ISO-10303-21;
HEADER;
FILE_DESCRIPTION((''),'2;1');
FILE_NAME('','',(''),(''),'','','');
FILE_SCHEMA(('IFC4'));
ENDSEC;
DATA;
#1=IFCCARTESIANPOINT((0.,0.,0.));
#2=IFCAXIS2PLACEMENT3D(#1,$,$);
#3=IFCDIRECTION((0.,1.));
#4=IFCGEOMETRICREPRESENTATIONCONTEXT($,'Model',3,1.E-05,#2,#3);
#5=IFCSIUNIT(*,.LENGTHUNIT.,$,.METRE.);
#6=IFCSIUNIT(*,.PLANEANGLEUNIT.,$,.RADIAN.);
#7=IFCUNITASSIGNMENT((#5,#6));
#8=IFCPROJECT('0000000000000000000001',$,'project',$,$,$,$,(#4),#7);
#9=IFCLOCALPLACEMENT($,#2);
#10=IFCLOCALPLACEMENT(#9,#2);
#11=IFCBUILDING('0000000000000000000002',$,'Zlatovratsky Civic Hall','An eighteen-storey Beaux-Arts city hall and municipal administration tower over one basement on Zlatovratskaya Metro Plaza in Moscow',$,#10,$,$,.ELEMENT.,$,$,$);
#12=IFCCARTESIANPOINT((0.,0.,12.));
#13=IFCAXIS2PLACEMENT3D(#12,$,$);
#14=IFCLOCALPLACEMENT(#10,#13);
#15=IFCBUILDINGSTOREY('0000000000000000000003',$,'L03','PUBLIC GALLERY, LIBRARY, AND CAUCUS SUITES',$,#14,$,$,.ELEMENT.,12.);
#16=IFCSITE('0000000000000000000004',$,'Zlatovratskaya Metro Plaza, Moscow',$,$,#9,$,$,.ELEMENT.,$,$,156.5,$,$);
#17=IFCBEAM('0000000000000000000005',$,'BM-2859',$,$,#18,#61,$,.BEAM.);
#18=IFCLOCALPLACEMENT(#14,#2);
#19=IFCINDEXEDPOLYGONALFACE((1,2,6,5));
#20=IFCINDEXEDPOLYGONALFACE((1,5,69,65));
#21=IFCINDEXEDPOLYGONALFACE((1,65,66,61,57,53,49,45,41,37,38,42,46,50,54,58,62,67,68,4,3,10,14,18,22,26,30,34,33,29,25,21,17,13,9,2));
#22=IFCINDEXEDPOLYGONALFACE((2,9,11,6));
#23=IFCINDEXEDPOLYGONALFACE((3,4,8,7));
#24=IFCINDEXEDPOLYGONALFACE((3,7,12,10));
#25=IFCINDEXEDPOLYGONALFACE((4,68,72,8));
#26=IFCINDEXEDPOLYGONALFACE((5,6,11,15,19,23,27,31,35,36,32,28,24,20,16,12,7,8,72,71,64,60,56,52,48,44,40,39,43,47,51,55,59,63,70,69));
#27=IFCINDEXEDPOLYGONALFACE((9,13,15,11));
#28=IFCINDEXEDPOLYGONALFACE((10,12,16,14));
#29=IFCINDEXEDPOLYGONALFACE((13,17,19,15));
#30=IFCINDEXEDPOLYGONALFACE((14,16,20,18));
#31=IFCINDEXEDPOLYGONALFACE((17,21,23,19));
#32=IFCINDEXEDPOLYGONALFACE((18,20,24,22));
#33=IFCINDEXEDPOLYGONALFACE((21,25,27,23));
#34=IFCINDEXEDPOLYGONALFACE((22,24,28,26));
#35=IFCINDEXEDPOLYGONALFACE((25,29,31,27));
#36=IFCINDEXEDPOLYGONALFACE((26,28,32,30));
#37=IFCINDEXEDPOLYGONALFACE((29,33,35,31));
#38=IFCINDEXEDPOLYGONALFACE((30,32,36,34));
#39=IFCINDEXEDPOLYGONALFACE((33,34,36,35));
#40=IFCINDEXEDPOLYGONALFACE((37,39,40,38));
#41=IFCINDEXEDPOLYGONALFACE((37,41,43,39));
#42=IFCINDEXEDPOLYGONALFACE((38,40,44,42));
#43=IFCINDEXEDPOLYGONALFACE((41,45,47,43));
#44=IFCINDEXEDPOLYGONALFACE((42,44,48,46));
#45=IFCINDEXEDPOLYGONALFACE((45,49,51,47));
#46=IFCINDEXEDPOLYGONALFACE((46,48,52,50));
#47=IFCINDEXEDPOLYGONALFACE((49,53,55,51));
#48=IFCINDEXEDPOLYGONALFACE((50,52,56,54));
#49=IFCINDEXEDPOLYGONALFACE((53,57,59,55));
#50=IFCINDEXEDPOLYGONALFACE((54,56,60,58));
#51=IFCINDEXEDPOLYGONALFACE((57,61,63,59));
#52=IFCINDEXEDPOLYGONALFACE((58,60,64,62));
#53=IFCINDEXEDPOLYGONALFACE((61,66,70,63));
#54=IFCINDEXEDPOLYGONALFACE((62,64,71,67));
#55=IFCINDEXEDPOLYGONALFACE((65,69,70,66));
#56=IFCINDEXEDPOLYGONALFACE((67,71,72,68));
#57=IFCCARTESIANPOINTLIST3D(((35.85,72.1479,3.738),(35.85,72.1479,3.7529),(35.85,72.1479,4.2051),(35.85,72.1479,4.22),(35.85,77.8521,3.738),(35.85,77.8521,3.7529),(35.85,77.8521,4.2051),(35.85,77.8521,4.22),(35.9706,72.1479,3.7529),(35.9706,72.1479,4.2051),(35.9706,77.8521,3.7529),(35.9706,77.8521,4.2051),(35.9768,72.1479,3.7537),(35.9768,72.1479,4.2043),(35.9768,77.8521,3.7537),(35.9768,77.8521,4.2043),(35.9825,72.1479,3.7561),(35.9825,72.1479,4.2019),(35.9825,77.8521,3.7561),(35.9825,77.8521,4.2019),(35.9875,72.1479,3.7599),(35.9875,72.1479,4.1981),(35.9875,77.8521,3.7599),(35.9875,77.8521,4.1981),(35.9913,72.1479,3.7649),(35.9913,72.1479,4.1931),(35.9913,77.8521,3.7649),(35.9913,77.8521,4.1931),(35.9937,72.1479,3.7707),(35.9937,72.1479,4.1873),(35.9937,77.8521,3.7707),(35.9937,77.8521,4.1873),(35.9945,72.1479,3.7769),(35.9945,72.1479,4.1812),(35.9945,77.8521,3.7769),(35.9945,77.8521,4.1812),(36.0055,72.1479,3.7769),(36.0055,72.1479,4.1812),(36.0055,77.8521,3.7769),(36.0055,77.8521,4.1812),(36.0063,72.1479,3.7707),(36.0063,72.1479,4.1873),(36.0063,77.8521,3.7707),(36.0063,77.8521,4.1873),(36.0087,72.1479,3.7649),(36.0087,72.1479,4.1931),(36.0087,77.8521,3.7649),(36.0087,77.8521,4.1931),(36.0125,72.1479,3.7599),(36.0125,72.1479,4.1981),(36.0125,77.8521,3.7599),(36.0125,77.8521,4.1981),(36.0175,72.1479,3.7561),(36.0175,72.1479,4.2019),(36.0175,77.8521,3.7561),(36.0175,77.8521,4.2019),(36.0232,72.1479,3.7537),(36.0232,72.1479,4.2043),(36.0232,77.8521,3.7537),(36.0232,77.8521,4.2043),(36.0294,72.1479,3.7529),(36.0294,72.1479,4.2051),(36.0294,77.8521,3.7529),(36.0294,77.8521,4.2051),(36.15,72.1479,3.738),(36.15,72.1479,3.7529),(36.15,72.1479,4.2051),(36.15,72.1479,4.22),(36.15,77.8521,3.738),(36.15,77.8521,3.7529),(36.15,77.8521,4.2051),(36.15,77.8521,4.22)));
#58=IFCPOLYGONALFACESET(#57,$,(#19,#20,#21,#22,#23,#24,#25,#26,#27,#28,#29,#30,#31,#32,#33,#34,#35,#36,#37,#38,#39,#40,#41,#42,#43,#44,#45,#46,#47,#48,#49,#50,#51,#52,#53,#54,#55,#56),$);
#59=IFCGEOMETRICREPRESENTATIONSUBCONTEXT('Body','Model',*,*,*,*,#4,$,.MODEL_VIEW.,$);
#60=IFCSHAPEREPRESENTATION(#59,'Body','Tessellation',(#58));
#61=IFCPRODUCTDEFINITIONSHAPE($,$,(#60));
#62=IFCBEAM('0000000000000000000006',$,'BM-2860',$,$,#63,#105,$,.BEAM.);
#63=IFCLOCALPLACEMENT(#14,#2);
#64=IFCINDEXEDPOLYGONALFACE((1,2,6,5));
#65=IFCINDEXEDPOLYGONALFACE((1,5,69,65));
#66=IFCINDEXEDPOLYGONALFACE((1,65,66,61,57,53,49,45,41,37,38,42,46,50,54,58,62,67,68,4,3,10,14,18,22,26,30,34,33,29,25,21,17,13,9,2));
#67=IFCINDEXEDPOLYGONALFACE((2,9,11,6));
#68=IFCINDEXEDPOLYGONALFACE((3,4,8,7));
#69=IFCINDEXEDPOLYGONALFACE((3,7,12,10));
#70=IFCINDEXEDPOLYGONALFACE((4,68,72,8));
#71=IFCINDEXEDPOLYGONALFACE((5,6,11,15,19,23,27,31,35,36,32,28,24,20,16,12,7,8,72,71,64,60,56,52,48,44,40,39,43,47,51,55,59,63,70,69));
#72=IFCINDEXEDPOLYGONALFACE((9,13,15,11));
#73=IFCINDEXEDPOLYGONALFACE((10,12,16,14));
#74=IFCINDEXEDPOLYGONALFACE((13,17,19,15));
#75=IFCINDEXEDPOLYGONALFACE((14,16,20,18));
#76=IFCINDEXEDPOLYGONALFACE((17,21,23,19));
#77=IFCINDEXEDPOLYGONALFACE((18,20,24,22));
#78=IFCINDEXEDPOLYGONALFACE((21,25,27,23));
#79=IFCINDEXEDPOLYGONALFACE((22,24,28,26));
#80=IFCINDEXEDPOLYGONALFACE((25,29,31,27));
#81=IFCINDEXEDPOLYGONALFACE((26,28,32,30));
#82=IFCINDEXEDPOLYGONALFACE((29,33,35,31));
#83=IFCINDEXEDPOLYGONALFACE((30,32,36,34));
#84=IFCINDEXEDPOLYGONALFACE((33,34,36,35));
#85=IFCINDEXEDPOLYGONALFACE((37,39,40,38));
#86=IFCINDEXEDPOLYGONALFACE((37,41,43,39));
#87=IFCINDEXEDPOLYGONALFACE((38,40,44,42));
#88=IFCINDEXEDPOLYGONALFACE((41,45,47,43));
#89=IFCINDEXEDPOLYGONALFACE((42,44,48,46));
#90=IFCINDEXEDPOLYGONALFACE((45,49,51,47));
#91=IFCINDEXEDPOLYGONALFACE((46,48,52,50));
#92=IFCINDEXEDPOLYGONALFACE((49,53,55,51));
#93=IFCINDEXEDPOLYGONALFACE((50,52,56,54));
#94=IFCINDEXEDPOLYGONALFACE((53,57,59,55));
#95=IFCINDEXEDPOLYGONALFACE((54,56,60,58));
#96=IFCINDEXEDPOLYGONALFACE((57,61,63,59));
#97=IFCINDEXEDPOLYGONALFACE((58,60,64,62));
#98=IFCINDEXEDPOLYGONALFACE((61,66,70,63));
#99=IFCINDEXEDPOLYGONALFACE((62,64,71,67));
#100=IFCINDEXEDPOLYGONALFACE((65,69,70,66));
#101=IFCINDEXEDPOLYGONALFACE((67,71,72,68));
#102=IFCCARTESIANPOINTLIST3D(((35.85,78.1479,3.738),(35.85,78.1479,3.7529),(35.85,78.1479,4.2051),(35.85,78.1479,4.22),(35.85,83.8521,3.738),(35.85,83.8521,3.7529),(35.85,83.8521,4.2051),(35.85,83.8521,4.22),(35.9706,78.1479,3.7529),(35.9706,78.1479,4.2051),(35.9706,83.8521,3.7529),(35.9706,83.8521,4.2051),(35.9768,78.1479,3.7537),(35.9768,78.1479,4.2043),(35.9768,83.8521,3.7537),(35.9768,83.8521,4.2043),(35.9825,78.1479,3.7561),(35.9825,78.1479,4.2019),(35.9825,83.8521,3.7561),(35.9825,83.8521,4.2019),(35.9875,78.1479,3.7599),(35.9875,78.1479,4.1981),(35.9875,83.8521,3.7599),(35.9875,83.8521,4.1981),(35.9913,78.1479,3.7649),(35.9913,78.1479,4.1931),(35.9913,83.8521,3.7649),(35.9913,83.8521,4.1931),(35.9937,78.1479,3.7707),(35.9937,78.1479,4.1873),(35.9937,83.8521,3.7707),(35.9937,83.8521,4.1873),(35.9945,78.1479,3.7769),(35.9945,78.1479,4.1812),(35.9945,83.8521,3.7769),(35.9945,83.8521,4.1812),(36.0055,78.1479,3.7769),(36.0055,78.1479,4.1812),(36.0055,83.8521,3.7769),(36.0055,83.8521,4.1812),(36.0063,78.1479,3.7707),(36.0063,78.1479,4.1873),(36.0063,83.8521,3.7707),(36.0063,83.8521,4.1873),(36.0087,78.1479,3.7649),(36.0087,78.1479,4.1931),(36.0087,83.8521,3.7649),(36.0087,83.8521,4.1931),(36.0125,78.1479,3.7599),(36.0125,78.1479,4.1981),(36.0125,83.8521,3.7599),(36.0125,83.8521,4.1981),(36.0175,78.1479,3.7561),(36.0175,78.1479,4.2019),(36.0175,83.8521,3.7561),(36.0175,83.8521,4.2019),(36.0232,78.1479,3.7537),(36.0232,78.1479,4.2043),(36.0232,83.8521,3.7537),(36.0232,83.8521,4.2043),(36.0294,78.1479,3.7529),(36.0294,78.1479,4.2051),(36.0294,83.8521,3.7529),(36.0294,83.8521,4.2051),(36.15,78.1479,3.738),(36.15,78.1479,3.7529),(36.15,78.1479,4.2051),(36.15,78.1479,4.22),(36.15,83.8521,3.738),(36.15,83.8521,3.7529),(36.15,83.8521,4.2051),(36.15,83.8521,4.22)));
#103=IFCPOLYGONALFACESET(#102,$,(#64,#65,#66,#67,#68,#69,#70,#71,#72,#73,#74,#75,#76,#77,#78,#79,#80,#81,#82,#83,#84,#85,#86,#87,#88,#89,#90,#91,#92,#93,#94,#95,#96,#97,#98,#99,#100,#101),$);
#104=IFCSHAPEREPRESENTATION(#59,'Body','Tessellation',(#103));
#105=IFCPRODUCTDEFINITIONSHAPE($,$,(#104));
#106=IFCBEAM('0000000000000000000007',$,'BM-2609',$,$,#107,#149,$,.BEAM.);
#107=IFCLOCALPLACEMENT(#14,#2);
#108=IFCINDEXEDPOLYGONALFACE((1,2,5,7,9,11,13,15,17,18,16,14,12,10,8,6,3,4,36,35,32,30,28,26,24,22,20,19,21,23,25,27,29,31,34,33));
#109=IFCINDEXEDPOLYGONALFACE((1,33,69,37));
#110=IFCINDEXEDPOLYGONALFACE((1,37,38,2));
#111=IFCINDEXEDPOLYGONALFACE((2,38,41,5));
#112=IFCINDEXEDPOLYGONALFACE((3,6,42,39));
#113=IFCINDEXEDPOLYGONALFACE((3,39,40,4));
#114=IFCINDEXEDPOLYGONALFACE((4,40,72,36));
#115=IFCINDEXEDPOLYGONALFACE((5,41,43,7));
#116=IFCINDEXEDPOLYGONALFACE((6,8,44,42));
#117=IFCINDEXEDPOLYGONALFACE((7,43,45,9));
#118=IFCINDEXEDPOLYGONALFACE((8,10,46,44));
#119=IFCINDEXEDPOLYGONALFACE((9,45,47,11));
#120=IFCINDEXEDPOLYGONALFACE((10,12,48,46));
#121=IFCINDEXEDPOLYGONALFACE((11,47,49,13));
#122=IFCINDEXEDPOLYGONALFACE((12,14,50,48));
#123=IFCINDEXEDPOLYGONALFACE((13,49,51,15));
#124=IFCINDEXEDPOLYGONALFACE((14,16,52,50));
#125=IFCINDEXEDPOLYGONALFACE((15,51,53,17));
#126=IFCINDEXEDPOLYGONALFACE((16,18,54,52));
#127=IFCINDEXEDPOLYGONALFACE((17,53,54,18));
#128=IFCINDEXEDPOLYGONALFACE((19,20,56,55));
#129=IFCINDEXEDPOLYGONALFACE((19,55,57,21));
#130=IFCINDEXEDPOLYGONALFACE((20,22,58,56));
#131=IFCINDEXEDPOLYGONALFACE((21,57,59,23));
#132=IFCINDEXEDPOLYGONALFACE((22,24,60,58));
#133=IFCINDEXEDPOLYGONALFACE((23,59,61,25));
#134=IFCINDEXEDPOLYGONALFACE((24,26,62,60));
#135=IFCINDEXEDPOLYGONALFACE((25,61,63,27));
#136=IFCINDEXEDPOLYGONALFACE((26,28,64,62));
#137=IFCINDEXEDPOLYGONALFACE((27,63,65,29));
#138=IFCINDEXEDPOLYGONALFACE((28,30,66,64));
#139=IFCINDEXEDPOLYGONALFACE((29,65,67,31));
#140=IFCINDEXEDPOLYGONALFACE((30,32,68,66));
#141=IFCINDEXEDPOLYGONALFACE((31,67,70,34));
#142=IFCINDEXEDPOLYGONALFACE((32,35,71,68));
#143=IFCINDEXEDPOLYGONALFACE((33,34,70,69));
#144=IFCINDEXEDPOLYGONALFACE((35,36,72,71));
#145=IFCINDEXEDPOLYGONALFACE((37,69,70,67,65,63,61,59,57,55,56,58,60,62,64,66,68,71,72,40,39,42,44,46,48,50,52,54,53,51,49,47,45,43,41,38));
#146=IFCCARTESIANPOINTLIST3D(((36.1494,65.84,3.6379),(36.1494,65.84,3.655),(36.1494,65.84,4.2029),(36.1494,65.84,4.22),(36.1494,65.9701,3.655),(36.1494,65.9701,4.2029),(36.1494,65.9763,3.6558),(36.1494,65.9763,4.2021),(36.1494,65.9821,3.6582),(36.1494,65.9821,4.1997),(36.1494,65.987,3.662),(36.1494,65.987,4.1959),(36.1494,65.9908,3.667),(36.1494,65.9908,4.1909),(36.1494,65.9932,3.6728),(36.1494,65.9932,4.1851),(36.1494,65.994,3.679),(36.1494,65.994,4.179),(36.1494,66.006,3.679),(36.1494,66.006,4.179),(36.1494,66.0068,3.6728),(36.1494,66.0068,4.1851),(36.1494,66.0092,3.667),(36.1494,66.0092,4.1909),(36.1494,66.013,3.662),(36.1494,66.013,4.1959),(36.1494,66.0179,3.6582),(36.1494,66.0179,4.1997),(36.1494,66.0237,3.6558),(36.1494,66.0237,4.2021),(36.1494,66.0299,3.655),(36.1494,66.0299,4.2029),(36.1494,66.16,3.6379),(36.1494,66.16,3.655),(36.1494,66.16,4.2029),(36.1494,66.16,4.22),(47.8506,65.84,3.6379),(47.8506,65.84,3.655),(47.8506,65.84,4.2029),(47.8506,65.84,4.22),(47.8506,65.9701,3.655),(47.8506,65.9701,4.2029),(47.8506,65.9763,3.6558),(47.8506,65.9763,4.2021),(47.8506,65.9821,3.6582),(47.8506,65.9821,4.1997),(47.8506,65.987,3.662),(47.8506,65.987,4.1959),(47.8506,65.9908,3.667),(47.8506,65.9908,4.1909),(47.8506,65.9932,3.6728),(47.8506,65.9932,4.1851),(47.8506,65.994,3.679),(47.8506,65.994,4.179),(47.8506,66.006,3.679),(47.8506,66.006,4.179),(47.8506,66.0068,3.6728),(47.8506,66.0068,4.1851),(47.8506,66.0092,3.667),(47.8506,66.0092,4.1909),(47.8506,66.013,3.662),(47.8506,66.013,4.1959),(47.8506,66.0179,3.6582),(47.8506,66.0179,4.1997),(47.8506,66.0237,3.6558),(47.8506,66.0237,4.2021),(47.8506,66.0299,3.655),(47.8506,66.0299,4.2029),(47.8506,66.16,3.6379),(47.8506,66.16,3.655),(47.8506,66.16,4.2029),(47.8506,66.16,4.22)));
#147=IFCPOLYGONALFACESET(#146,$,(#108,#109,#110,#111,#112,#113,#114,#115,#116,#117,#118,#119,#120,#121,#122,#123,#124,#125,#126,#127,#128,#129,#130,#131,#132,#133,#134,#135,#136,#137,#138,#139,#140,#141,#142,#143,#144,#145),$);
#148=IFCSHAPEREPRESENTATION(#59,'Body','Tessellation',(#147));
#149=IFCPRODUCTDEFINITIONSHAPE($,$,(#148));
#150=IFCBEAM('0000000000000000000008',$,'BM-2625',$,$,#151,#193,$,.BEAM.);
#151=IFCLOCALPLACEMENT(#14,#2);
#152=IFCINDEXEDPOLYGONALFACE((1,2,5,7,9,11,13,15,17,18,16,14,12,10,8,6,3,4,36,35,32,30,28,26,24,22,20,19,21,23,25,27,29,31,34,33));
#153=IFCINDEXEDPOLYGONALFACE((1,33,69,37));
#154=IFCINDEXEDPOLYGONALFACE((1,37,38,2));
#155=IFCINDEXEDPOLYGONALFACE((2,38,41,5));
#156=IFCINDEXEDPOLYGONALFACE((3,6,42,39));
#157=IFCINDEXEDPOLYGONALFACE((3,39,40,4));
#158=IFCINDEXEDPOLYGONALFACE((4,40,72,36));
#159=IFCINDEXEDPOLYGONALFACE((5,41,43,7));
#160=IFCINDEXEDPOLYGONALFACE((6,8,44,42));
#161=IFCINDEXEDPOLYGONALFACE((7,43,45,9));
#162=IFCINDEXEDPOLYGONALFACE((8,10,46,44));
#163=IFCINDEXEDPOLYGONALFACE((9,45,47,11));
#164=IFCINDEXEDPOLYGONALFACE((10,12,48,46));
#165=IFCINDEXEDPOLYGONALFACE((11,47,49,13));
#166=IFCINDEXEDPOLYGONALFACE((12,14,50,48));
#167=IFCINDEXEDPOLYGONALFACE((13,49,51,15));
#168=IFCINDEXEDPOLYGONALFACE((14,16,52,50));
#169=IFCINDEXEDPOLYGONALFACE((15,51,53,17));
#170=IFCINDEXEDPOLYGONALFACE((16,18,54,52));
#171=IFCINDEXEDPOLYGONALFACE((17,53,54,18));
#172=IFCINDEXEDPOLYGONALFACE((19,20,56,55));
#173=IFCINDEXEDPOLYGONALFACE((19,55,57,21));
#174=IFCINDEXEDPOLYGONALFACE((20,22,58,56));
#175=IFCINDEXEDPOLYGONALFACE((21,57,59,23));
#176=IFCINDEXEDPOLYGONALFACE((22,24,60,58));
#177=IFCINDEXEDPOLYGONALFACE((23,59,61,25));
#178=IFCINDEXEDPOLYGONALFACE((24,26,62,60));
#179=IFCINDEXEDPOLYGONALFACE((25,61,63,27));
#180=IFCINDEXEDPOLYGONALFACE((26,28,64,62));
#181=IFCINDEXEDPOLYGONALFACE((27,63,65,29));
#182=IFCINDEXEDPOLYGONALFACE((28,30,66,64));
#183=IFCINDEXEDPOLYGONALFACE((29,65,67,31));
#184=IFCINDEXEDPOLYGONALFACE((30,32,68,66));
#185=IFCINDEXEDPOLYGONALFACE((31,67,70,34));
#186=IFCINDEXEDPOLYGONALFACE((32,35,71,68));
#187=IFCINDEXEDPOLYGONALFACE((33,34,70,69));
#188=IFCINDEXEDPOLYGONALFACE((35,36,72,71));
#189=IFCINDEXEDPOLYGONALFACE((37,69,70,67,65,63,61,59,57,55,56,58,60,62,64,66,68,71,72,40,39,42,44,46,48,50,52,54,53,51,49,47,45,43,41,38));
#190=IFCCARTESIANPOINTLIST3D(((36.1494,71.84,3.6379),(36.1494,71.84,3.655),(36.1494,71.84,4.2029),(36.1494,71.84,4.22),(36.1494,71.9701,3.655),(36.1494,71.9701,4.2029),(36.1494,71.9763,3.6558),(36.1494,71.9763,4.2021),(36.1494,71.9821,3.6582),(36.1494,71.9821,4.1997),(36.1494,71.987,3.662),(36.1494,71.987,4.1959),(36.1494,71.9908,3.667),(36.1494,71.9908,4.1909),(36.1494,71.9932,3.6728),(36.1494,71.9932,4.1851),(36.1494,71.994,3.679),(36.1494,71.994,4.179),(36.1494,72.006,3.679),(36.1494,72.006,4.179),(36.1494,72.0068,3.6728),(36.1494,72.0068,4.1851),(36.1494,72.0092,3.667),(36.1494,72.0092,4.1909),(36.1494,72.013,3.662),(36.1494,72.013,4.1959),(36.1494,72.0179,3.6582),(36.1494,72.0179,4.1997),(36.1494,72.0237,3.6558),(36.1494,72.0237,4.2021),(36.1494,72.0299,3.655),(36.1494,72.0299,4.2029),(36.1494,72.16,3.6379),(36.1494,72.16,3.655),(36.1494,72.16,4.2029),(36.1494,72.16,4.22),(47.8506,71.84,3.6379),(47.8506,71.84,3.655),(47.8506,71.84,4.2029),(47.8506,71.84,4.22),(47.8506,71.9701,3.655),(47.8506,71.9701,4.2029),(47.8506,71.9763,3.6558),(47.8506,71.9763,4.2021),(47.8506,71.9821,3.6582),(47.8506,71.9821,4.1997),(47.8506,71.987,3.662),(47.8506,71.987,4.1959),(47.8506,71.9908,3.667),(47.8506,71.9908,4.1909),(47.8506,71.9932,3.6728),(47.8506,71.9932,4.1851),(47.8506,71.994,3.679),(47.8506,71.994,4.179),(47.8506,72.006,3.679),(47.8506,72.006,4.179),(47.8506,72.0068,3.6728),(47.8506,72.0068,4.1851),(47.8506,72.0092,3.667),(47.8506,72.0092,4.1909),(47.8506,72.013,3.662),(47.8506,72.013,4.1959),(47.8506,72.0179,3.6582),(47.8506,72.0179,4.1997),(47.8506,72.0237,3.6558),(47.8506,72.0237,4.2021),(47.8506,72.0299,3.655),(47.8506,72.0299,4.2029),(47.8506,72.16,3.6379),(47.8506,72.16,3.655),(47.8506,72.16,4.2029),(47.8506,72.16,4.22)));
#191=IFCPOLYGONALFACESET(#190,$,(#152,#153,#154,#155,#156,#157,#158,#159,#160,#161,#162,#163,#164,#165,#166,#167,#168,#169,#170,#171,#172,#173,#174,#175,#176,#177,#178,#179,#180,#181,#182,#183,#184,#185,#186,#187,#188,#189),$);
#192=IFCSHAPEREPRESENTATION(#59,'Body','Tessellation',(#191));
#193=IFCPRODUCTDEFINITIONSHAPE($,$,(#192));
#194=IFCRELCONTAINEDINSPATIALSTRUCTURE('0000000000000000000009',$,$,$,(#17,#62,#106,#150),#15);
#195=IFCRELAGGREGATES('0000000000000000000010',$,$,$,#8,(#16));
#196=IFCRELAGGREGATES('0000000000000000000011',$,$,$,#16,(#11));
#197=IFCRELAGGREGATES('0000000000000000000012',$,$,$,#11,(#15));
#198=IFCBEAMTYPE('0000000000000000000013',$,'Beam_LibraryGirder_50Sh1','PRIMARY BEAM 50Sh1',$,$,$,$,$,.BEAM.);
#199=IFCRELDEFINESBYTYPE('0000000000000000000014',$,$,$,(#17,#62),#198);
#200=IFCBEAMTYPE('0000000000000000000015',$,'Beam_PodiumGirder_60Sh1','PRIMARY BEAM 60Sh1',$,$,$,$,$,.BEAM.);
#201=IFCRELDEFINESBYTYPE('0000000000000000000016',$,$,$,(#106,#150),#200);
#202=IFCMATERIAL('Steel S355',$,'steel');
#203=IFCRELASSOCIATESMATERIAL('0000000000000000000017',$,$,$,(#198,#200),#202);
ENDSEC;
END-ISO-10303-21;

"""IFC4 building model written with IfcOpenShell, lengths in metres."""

from ifc_helpers import new_model, si_unit, direction, frame, origin, origin_2d, place, context, subcontext, project, spatial, i_section, extrude, material, material_profile, profile_set, type_object, element, save


model = new_model("IFC4")

# Units and contexts
model_context = context("Model", 3, precision=1e-05, world=origin(), true_north=direction((0.0, 1.0)))
body_context = subcontext(model_context, "Body", "Model", "MODEL_VIEW")
ifc_project = project(units=[si_unit("LENGTHUNIT", "METRE"), si_unit("PLANEANGLEUNIT", "RADIAN")], contexts=[model_context])

# Site, building, storey
site_placement = place(None, origin())
site = spatial("IfcSite", under=ifc_project, at=site_placement, Name="Zlatovratskaya Metro Plaza, Moscow", CompositionType="ELEMENT", RefElevation=156.5)
building_placement = place(site_placement, origin())
building = spatial("IfcBuilding", under=site, at=building_placement, Name="Zlatovratsky Civic Hall", Description="An eighteen-storey Beaux-Arts city hall and municipal administration tower over one basement on Zlatovratskaya Metro Plaza in Moscow", CompositionType="ELEMENT")
storey_placement = place(building_placement, frame((0.0, 0.0, 12.0)))
storey = spatial("IfcBuildingStorey", under=building, at=storey_placement, Name="L03", Description="PUBLIC GALLERY, LIBRARY, AND CAUCUS SUITES", CompositionType="ELEMENT", Elevation=12.0)

# Shared definitions
ifc_material_1 = material(Name="Steel S355", Category="steel")

# Beams
ifc_material_profile_1 = material_profile(ifc_material_1, i_section(OverallWidth=0.3, OverallDepth=0.4819, WebThickness=0.011, FlangeThickness=0.0149, FilletRadius=0.0239, at=origin_2d()), Name="50Sh1")
ifc_profile_set_1 = profile_set([ifc_material_profile_1], Name="Steel S355")
beam_type_1 = type_object("IfcBeamType", Name="Beam_LibraryGirder_50Sh1", Description="PRIMARY BEAM 50Sh1", PredefinedType="BEAM", material=ifc_profile_set_1)
for number, where, z_axis, x_axis, name in (
    (1, (36.0, 72.1479, 3.979), (0.0, 1.0, 0.0), (-1.0, 0.0, 0.0), "BM-2859"),
    (2, (36.0, 78.1479, 3.979), (0.0, 1.0, 0.0), (-1.0, 0.0, 0.0), "BM-2860"),
):
    element("IfcBeam", number, at=place(storey_placement, frame(where, z_axis=z_axis, x_axis=x_axis)), inside=storey, type_object=beam_type_1, Name=name, PredefinedType="BEAM", context=body_context, shape_type="SweptSolid", body=[
        extrude(i_section(OverallWidth=0.3, OverallDepth=0.4819, WebThickness=0.011, FlangeThickness=0.0149, FilletRadius=0.0239, at=origin_2d()), origin(), (0.0, 0.0, 1.0), 5.7041),
    ])
ifc_material_profile_2 = material_profile(ifc_material_1, i_section(OverallWidth=0.3201, OverallDepth=0.582, WebThickness=0.012, FlangeThickness=0.0171, FilletRadius=0.0239, at=origin_2d()), Name="60Sh1")
ifc_profile_set_2 = profile_set([ifc_material_profile_2], Name="Steel S355")
beam_type_2 = type_object("IfcBeamType", Name="Beam_PodiumGirder_60Sh1", Description="PRIMARY BEAM 60Sh1", PredefinedType="BEAM", material=ifc_profile_set_2)
for number, where, z_axis, x_axis, name in (
    (3, (36.1494, 66.0, 3.929), (1.0, 0.0, 0.0), (0.0, 1.0, 0.0), "BM-2609"),
    (4, (36.1494, 72.0, 3.929), (1.0, 0.0, 0.0), (0.0, 1.0, 0.0), "BM-2625"),
):
    element("IfcBeam", number, at=place(storey_placement, frame(where, z_axis=z_axis, x_axis=x_axis)), inside=storey, type_object=beam_type_2, Name=name, PredefinedType="BEAM", context=body_context, shape_type="SweptSolid", body=[
        extrude(i_section(OverallWidth=0.3201, OverallDepth=0.582, WebThickness=0.012, FlangeThickness=0.0171, FilletRadius=0.0239, at=origin_2d()), origin(), (0.0, 0.0, 1.0), 11.7012),
    ])

save(model, "model.ifc")
